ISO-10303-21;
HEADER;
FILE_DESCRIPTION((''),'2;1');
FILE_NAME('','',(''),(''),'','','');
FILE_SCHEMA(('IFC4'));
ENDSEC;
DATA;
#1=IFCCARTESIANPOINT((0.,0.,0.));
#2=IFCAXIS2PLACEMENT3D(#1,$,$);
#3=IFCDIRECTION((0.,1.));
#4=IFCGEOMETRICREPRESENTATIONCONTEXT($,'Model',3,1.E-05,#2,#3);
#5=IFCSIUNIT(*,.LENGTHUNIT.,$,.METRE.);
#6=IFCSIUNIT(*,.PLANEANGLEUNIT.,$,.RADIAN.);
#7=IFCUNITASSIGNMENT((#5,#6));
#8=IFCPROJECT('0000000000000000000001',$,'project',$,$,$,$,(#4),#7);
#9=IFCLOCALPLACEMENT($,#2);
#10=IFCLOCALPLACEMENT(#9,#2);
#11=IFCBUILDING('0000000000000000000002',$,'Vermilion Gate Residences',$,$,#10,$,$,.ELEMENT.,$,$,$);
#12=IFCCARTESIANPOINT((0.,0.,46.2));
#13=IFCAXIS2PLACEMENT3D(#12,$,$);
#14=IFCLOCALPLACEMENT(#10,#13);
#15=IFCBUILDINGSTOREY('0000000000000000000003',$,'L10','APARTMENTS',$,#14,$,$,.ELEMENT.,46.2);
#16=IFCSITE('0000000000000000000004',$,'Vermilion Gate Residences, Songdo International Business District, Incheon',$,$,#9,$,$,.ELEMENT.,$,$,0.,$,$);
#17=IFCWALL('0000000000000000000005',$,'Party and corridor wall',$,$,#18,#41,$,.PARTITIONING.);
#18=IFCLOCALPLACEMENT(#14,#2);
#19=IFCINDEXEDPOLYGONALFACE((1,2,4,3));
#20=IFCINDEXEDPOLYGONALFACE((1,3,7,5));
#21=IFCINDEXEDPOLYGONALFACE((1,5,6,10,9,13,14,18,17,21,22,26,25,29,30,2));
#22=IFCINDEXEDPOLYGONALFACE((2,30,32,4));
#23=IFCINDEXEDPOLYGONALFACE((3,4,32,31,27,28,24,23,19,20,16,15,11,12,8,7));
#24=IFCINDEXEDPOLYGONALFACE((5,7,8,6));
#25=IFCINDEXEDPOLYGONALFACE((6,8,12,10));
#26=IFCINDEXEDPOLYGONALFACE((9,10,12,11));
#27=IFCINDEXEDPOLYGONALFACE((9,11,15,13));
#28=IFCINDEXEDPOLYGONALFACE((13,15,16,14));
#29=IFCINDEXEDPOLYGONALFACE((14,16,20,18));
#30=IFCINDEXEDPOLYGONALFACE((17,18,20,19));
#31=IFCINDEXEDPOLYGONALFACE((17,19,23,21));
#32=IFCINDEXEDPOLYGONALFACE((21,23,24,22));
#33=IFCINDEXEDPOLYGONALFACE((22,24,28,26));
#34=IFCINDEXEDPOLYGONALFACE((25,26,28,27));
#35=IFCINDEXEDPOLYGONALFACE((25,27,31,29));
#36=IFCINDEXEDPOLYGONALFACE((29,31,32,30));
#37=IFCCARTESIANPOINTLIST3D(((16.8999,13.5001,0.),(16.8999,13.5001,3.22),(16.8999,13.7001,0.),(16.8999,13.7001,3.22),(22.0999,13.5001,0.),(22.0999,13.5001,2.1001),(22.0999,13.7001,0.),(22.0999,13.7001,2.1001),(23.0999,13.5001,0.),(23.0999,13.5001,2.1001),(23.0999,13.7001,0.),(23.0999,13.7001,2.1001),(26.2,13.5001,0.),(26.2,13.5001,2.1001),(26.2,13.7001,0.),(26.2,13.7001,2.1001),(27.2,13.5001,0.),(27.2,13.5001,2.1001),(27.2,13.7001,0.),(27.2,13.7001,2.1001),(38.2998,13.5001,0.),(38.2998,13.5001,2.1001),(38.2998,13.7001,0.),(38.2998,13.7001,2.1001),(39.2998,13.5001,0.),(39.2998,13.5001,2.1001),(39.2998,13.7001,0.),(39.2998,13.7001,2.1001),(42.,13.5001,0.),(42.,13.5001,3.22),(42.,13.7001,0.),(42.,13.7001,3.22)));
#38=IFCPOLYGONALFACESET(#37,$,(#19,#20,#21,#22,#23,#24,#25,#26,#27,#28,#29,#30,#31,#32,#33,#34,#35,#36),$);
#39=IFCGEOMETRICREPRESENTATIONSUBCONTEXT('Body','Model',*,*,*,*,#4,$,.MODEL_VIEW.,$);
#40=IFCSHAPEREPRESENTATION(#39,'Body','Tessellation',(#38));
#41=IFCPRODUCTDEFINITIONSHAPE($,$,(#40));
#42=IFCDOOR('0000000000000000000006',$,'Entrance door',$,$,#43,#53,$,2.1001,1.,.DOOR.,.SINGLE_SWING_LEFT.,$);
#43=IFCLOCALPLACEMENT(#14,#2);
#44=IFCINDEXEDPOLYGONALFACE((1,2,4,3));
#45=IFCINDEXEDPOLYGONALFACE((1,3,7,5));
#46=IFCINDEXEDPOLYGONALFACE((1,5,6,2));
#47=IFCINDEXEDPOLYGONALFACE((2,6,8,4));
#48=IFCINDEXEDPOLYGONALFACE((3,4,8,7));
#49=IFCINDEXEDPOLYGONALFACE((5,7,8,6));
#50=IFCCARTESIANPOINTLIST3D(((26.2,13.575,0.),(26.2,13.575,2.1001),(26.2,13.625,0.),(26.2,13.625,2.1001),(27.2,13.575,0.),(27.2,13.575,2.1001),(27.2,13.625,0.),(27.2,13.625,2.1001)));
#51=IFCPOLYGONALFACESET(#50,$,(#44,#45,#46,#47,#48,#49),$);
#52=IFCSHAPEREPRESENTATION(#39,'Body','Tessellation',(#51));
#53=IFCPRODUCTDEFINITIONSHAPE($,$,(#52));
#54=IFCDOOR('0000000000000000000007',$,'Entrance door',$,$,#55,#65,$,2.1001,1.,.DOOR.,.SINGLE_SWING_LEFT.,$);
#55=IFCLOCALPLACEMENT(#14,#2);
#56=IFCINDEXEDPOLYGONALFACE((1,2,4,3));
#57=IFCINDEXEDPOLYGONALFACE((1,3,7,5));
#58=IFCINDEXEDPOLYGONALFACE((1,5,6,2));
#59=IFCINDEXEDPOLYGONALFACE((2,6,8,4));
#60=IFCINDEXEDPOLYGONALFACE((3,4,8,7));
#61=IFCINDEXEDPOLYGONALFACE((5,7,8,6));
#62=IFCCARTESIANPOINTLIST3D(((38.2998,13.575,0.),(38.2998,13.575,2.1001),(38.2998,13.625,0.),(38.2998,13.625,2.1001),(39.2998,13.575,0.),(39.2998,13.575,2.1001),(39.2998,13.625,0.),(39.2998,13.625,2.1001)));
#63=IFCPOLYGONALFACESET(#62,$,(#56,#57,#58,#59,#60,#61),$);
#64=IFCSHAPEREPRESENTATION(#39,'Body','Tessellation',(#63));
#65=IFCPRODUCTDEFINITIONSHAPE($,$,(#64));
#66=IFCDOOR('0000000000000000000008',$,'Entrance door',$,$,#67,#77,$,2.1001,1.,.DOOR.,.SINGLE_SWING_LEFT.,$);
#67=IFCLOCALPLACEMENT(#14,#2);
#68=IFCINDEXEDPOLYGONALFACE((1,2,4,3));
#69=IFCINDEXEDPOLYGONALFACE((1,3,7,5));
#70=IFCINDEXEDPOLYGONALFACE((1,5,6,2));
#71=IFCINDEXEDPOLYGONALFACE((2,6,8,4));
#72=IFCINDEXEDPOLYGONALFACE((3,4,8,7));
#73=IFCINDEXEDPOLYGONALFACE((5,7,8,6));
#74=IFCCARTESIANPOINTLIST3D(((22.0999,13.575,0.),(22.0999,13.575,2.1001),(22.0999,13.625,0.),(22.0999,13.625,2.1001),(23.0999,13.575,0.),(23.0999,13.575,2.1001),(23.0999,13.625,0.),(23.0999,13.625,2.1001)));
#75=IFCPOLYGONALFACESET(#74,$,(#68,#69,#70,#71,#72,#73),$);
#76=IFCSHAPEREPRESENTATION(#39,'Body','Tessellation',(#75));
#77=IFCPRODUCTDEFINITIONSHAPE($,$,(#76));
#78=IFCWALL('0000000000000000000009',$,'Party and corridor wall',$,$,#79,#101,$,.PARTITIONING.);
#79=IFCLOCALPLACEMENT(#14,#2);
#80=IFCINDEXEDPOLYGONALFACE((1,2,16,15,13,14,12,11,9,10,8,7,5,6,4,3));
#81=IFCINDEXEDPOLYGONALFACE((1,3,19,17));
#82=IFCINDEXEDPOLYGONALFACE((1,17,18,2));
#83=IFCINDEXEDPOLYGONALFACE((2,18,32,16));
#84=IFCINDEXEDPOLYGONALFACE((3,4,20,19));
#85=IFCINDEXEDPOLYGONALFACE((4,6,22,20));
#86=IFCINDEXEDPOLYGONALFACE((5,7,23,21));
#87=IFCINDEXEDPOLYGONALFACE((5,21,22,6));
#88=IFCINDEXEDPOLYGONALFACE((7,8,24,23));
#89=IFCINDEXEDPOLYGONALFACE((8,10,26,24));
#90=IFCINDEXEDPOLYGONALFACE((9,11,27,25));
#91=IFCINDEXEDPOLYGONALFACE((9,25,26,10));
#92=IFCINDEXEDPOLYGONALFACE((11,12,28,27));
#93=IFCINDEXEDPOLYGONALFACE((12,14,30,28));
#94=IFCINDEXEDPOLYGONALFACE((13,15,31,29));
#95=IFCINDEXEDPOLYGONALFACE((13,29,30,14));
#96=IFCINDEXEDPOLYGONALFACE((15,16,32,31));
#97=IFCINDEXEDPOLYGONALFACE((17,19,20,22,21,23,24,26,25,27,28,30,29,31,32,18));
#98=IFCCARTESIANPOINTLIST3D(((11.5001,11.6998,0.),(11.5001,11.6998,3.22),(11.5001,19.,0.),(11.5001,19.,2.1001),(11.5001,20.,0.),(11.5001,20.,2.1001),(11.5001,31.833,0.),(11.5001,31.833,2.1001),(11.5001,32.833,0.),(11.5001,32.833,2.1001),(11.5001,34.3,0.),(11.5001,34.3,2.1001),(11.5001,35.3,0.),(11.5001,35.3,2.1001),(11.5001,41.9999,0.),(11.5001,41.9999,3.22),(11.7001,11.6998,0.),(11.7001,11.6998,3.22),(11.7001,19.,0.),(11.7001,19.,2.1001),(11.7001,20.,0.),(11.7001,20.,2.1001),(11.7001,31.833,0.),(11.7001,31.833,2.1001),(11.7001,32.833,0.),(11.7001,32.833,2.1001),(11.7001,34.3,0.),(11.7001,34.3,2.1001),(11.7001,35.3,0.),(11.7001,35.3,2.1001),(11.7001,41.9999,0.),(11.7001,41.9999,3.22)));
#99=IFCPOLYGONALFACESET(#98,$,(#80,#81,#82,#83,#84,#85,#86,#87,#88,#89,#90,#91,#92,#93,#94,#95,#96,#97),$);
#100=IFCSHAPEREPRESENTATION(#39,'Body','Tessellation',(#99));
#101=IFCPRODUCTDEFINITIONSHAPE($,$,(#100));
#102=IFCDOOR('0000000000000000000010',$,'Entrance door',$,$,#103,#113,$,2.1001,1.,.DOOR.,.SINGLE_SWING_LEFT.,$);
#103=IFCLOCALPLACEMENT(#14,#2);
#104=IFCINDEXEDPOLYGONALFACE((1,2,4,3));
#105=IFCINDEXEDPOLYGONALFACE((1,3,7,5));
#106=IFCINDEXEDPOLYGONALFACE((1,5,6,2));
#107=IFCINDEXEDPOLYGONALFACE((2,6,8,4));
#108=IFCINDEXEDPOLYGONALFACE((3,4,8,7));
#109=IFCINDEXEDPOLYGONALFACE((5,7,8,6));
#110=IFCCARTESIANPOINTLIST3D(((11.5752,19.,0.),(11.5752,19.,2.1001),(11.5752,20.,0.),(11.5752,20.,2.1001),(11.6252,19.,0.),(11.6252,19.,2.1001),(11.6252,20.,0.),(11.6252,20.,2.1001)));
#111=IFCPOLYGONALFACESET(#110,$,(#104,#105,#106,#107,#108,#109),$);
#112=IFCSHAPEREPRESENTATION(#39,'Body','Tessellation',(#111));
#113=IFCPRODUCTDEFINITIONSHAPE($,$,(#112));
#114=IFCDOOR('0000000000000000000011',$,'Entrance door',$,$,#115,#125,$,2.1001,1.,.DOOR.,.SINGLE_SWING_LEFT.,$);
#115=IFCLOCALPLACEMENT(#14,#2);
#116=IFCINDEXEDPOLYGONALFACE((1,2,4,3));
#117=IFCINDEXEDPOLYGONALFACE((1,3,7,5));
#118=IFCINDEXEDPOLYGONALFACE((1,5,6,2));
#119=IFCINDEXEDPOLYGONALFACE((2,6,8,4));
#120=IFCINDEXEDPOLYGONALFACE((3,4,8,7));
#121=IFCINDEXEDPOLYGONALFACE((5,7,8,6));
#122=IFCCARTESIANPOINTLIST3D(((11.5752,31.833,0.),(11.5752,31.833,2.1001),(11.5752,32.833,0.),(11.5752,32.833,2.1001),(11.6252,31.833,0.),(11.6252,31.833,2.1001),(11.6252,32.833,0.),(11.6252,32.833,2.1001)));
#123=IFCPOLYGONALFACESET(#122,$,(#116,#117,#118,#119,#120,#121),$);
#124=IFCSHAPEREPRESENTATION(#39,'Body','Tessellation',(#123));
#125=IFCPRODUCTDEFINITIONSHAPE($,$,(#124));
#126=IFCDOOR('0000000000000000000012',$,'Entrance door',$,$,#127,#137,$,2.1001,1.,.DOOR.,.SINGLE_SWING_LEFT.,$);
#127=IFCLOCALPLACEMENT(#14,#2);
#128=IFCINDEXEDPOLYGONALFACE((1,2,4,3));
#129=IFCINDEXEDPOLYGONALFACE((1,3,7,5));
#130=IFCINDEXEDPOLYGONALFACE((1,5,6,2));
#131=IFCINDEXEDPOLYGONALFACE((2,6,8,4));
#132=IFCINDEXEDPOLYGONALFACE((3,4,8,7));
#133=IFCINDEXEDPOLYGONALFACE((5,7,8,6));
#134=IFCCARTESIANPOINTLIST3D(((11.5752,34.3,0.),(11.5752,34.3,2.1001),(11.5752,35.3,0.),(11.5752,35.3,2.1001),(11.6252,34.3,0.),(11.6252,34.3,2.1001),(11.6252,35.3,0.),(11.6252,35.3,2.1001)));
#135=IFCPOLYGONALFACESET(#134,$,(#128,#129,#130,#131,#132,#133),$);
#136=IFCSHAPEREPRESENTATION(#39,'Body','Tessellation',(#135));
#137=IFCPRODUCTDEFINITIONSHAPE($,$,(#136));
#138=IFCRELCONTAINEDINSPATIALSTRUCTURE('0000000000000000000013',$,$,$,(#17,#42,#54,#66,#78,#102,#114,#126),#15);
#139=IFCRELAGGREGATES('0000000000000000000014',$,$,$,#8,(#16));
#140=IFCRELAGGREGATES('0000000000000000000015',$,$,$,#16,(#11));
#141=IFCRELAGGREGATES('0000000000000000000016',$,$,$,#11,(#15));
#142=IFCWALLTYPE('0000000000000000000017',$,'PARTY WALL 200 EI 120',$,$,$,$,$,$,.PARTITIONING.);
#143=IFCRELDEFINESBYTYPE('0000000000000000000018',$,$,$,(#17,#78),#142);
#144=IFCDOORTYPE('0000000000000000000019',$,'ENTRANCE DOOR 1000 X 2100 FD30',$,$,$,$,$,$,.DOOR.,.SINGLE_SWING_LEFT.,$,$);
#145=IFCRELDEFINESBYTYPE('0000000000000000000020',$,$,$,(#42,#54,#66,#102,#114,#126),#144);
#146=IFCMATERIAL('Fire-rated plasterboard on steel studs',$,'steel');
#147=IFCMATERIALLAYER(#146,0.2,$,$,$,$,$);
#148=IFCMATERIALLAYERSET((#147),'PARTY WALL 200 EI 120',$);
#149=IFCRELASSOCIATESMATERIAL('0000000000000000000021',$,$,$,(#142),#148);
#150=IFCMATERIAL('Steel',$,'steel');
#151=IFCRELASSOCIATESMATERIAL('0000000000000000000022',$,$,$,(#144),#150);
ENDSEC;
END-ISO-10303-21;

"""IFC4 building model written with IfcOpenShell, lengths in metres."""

from ifc_helpers import new_model, si_unit, direction, frame, frame_2d, origin, place, context, subcontext, project, spatial, rectangle, extrude, material, layer, layer_set, type_object, element, fill, save


model = new_model("IFC4")

# Units and contexts
model_context = context("Model", 3, precision=1e-05, world=origin(), true_north=direction((0.0, 1.0)))
body_context = subcontext(model_context, "Body", "Model", "MODEL_VIEW")
ifc_project = project(units=[si_unit("LENGTHUNIT", "METRE"), si_unit("PLANEANGLEUNIT", "RADIAN")], contexts=[model_context])

# Site, building, storey
site_placement = place(None, origin())
site = spatial("IfcSite", under=ifc_project, at=site_placement, Name="Vermilion Gate Residences, Songdo International Business District, Incheon", CompositionType="ELEMENT", RefElevation=0.0)
building_placement = place(site_placement, origin())
building = spatial("IfcBuilding", under=site, at=building_placement, Name="Vermilion Gate Residences", CompositionType="ELEMENT")
storey_placement = place(building_placement, frame((0.0, 0.0, 46.2)))
storey = spatial("IfcBuildingStorey", under=building, at=storey_placement, Name="L10", Description="APARTMENTS", CompositionType="ELEMENT", Elevation=46.2)

# Walls, openings, doors
ifc_material_1 = material(Name="Fire-rated plasterboard on steel studs", Category="steel")
ifc_layer_1 = layer(ifc_material_1, 0.2)
ifc_layer_set_1 = layer_set([ifc_layer_1], Name="PARTY WALL 200 EI 120")
wall_type_1 = type_object("IfcWallType", Name="PARTY WALL 200 EI 120", PredefinedType="PARTITIONING", material=ifc_layer_set_1)
ifc_material_2 = material(Name="Steel", Category="steel")
door_type_1 = type_object("IfcDoorType", Name="ENTRANCE DOOR 1000 X 2100 FD30", OperationType="SINGLE_SWING_LEFT", PredefinedType="DOOR", material=ifc_material_2)
wall_1_placement = place(storey_placement, frame((16.8999, 13.6001, 0.0), z_axis=(0.0, 0.0, 1.0), x_axis=(1.0, 0.0, 0.0)))
wall_1 = element("IfcWall", 1, at=wall_1_placement, inside=storey, type_object=wall_type_1, Name="Party and corridor wall", PredefinedType="PARTITIONING", context=body_context, shape_type="SweptSolid", body=[
    extrude(rectangle(XDim=25.1001, YDim=0.2, at=frame_2d((12.55, 0.0))), origin(), (0.0, 0.0, 1.0), 3.22),
])
opening_1_placement = place(wall_1_placement, frame((9.3, 0.0, 0.0)))
opening_1 = element("IfcOpeningElement", 2, at=opening_1_placement, cuts=wall_1, PredefinedType="OPENING", context=body_context, shape_type="SweptSolid", body=[
    extrude(rectangle(XDim=1.0, YDim=2.1001, at=frame_2d((0.5, 1.05))), frame((0.0, 0.1099, 0.0), z_axis=(0.0, -1.0, 0.0), x_axis=(1.0, 0.0, 0.0)), (0.0, 0.0, 1.0), 0.22),
])
opening_2_placement = place(wall_1_placement, frame((21.3999, 0.0, 0.0)))
opening_2 = element("IfcOpeningElement", 3, at=opening_2_placement, cuts=wall_1, PredefinedType="OPENING", context=body_context, shape_type="SweptSolid", body=[
    extrude(rectangle(XDim=1.0, YDim=2.1001, at=frame_2d((0.5, 1.05))), frame((0.0, 0.1099, 0.0), z_axis=(0.0, -1.0, 0.0), x_axis=(1.0, 0.0, 0.0)), (0.0, 0.0, 1.0), 0.22),
])
opening_3_placement = place(wall_1_placement, frame((5.2, 0.0, 0.0)))
opening_3 = element("IfcOpeningElement", 4, at=opening_3_placement, cuts=wall_1, PredefinedType="OPENING", context=body_context, shape_type="SweptSolid", body=[
    extrude(rectangle(XDim=1.0, YDim=2.1001, at=frame_2d((0.5, 1.05))), frame((0.0, 0.1099, 0.0), z_axis=(0.0, -1.0, 0.0), x_axis=(1.0, 0.0, 0.0)), (0.0, 0.0, 1.0), 0.22),
])
door_1_placement = place(opening_1_placement, origin())
door_1 = element("IfcDoor", 5, at=door_1_placement, inside=storey, type_object=door_type_1, Name="Entrance door", OperationType="SINGLE_SWING_LEFT", OverallHeight=2.1001, OverallWidth=1.0, PredefinedType="DOOR", context=body_context, shape_type="SweptSolid", body=[
    extrude(rectangle(XDim=1.0, YDim=2.1001, at=frame_2d((0.5, 1.05))), frame((0.0, 0.0249, 0.0), z_axis=(0.0, -1.0, 0.0), x_axis=(1.0, 0.0, 0.0)), (0.0, 0.0, 1.0), 0.05),
])
fill(opening_1, door_1)
door_2_placement = place(opening_2_placement, origin())
door_2 = element("IfcDoor", 6, at=door_2_placement, inside=storey, type_object=door_type_1, Name="Entrance door", OperationType="SINGLE_SWING_LEFT", OverallHeight=2.1001, OverallWidth=1.0, PredefinedType="DOOR", context=body_context, shape_type="SweptSolid", body=[
    extrude(rectangle(XDim=1.0, YDim=2.1001, at=frame_2d((0.5, 1.05))), frame((0.0, 0.0249, 0.0), z_axis=(0.0, -1.0, 0.0), x_axis=(1.0, 0.0, 0.0)), (0.0, 0.0, 1.0), 0.05),
])
fill(opening_2, door_2)
door_3_placement = place(opening_3_placement, origin())
door_3 = element("IfcDoor", 7, at=door_3_placement, inside=storey, type_object=door_type_1, Name="Entrance door", OperationType="SINGLE_SWING_LEFT", OverallHeight=2.1001, OverallWidth=1.0, PredefinedType="DOOR", context=body_context, shape_type="SweptSolid", body=[
    extrude(rectangle(XDim=1.0, YDim=2.1001, at=frame_2d((0.5, 1.05))), frame((0.0, 0.0249, 0.0), z_axis=(0.0, -1.0, 0.0), x_axis=(1.0, 0.0, 0.0)), (0.0, 0.0, 1.0), 0.05),
])
fill(opening_3, door_3)
wall_2_placement = place(storey_placement, frame((11.6001, 11.7, 0.0), z_axis=(0.0, 0.0, 1.0), x_axis=(0.0, 1.0, 0.0)))
wall_2 = element("IfcWall", 8, at=wall_2_placement, inside=storey, type_object=wall_type_1, Name="Party and corridor wall", PredefinedType="PARTITIONING", context=body_context, shape_type="SweptSolid", body=[
    extrude(rectangle(XDim=30.3, YDim=0.2, at=frame_2d((15.1499, 0.0))), origin(), (0.0, 0.0, 1.0), 3.22),
])
opening_4_placement = place(wall_2_placement, frame((7.3, 0.0, 0.0)))
opening_4 = element("IfcOpeningElement", 9, at=opening_4_placement, cuts=wall_2, PredefinedType="OPENING", context=body_context, shape_type="SweptSolid", body=[
    extrude(rectangle(XDim=1.0, YDim=2.1001, at=frame_2d((0.5, 1.05))), frame((0.0, 0.1099, 0.0), z_axis=(0.0, -1.0, 0.0), x_axis=(1.0, 0.0, 0.0)), (0.0, 0.0, 1.0), 0.22),
])
opening_5_placement = place(wall_2_placement, frame((20.1331, 0.0, 0.0)))
opening_5 = element("IfcOpeningElement", 10, at=opening_5_placement, cuts=wall_2, PredefinedType="OPENING", context=body_context, shape_type="SweptSolid", body=[
    extrude(rectangle(XDim=1.0, YDim=2.1001, at=frame_2d((0.5, 1.05))), frame((0.0, 0.1099, 0.0), z_axis=(0.0, -1.0, 0.0), x_axis=(1.0, 0.0, 0.0)), (0.0, 0.0, 1.0), 0.22),
])
opening_6_placement = place(wall_2_placement, frame((22.6001, 0.0, 0.0)))
opening_6 = element("IfcOpeningElement", 11, at=opening_6_placement, cuts=wall_2, PredefinedType="OPENING", context=body_context, shape_type="SweptSolid", body=[
    extrude(rectangle(XDim=1.0, YDim=2.1001, at=frame_2d((0.5, 1.05))), frame((0.0, 0.1099, 0.0), z_axis=(0.0, -1.0, 0.0), x_axis=(1.0, 0.0, 0.0)), (0.0, 0.0, 1.0), 0.22),
])
door_4_placement = place(opening_4_placement, origin())
door_4 = element("IfcDoor", 12, at=door_4_placement, inside=storey, type_object=door_type_1, Name="Entrance door", OperationType="SINGLE_SWING_LEFT", OverallHeight=2.1001, OverallWidth=1.0, PredefinedType="DOOR", context=body_context, shape_type="SweptSolid", body=[
    extrude(rectangle(XDim=1.0, YDim=2.1001, at=frame_2d((0.5, 1.05))), frame((0.0, 0.0249, 0.0), z_axis=(0.0, -1.0, 0.0), x_axis=(1.0, 0.0, 0.0)), (0.0, 0.0, 1.0), 0.05),
])
fill(opening_4, door_4)
door_5_placement = place(opening_5_placement, origin())
door_5 = element("IfcDoor", 13, at=door_5_placement, inside=storey, type_object=door_type_1, Name="Entrance door", OperationType="SINGLE_SWING_LEFT", OverallHeight=2.1001, OverallWidth=1.0, PredefinedType="DOOR", context=body_context, shape_type="SweptSolid", body=[
    extrude(rectangle(XDim=1.0, YDim=2.1001, at=frame_2d((0.5, 1.05))), frame((0.0, 0.0249, 0.0), z_axis=(0.0, -1.0, 0.0), x_axis=(1.0, 0.0, 0.0)), (0.0, 0.0, 1.0), 0.05),
])
fill(opening_5, door_5)
door_6_placement = place(opening_6_placement, origin())
door_6 = element("IfcDoor", 14, at=door_6_placement, inside=storey, type_object=door_type_1, Name="Entrance door", OperationType="SINGLE_SWING_LEFT", OverallHeight=2.1001, OverallWidth=1.0, PredefinedType="DOOR", context=body_context, shape_type="SweptSolid", body=[
    extrude(rectangle(XDim=1.0, YDim=2.1001, at=frame_2d((0.5, 1.05))), frame((0.0, 0.0249, 0.0), z_axis=(0.0, -1.0, 0.0), x_axis=(1.0, 0.0, 0.0)), (0.0, 0.0, 1.0), 0.05),
])
fill(opening_6, door_6)

save(model, "model.ifc")
